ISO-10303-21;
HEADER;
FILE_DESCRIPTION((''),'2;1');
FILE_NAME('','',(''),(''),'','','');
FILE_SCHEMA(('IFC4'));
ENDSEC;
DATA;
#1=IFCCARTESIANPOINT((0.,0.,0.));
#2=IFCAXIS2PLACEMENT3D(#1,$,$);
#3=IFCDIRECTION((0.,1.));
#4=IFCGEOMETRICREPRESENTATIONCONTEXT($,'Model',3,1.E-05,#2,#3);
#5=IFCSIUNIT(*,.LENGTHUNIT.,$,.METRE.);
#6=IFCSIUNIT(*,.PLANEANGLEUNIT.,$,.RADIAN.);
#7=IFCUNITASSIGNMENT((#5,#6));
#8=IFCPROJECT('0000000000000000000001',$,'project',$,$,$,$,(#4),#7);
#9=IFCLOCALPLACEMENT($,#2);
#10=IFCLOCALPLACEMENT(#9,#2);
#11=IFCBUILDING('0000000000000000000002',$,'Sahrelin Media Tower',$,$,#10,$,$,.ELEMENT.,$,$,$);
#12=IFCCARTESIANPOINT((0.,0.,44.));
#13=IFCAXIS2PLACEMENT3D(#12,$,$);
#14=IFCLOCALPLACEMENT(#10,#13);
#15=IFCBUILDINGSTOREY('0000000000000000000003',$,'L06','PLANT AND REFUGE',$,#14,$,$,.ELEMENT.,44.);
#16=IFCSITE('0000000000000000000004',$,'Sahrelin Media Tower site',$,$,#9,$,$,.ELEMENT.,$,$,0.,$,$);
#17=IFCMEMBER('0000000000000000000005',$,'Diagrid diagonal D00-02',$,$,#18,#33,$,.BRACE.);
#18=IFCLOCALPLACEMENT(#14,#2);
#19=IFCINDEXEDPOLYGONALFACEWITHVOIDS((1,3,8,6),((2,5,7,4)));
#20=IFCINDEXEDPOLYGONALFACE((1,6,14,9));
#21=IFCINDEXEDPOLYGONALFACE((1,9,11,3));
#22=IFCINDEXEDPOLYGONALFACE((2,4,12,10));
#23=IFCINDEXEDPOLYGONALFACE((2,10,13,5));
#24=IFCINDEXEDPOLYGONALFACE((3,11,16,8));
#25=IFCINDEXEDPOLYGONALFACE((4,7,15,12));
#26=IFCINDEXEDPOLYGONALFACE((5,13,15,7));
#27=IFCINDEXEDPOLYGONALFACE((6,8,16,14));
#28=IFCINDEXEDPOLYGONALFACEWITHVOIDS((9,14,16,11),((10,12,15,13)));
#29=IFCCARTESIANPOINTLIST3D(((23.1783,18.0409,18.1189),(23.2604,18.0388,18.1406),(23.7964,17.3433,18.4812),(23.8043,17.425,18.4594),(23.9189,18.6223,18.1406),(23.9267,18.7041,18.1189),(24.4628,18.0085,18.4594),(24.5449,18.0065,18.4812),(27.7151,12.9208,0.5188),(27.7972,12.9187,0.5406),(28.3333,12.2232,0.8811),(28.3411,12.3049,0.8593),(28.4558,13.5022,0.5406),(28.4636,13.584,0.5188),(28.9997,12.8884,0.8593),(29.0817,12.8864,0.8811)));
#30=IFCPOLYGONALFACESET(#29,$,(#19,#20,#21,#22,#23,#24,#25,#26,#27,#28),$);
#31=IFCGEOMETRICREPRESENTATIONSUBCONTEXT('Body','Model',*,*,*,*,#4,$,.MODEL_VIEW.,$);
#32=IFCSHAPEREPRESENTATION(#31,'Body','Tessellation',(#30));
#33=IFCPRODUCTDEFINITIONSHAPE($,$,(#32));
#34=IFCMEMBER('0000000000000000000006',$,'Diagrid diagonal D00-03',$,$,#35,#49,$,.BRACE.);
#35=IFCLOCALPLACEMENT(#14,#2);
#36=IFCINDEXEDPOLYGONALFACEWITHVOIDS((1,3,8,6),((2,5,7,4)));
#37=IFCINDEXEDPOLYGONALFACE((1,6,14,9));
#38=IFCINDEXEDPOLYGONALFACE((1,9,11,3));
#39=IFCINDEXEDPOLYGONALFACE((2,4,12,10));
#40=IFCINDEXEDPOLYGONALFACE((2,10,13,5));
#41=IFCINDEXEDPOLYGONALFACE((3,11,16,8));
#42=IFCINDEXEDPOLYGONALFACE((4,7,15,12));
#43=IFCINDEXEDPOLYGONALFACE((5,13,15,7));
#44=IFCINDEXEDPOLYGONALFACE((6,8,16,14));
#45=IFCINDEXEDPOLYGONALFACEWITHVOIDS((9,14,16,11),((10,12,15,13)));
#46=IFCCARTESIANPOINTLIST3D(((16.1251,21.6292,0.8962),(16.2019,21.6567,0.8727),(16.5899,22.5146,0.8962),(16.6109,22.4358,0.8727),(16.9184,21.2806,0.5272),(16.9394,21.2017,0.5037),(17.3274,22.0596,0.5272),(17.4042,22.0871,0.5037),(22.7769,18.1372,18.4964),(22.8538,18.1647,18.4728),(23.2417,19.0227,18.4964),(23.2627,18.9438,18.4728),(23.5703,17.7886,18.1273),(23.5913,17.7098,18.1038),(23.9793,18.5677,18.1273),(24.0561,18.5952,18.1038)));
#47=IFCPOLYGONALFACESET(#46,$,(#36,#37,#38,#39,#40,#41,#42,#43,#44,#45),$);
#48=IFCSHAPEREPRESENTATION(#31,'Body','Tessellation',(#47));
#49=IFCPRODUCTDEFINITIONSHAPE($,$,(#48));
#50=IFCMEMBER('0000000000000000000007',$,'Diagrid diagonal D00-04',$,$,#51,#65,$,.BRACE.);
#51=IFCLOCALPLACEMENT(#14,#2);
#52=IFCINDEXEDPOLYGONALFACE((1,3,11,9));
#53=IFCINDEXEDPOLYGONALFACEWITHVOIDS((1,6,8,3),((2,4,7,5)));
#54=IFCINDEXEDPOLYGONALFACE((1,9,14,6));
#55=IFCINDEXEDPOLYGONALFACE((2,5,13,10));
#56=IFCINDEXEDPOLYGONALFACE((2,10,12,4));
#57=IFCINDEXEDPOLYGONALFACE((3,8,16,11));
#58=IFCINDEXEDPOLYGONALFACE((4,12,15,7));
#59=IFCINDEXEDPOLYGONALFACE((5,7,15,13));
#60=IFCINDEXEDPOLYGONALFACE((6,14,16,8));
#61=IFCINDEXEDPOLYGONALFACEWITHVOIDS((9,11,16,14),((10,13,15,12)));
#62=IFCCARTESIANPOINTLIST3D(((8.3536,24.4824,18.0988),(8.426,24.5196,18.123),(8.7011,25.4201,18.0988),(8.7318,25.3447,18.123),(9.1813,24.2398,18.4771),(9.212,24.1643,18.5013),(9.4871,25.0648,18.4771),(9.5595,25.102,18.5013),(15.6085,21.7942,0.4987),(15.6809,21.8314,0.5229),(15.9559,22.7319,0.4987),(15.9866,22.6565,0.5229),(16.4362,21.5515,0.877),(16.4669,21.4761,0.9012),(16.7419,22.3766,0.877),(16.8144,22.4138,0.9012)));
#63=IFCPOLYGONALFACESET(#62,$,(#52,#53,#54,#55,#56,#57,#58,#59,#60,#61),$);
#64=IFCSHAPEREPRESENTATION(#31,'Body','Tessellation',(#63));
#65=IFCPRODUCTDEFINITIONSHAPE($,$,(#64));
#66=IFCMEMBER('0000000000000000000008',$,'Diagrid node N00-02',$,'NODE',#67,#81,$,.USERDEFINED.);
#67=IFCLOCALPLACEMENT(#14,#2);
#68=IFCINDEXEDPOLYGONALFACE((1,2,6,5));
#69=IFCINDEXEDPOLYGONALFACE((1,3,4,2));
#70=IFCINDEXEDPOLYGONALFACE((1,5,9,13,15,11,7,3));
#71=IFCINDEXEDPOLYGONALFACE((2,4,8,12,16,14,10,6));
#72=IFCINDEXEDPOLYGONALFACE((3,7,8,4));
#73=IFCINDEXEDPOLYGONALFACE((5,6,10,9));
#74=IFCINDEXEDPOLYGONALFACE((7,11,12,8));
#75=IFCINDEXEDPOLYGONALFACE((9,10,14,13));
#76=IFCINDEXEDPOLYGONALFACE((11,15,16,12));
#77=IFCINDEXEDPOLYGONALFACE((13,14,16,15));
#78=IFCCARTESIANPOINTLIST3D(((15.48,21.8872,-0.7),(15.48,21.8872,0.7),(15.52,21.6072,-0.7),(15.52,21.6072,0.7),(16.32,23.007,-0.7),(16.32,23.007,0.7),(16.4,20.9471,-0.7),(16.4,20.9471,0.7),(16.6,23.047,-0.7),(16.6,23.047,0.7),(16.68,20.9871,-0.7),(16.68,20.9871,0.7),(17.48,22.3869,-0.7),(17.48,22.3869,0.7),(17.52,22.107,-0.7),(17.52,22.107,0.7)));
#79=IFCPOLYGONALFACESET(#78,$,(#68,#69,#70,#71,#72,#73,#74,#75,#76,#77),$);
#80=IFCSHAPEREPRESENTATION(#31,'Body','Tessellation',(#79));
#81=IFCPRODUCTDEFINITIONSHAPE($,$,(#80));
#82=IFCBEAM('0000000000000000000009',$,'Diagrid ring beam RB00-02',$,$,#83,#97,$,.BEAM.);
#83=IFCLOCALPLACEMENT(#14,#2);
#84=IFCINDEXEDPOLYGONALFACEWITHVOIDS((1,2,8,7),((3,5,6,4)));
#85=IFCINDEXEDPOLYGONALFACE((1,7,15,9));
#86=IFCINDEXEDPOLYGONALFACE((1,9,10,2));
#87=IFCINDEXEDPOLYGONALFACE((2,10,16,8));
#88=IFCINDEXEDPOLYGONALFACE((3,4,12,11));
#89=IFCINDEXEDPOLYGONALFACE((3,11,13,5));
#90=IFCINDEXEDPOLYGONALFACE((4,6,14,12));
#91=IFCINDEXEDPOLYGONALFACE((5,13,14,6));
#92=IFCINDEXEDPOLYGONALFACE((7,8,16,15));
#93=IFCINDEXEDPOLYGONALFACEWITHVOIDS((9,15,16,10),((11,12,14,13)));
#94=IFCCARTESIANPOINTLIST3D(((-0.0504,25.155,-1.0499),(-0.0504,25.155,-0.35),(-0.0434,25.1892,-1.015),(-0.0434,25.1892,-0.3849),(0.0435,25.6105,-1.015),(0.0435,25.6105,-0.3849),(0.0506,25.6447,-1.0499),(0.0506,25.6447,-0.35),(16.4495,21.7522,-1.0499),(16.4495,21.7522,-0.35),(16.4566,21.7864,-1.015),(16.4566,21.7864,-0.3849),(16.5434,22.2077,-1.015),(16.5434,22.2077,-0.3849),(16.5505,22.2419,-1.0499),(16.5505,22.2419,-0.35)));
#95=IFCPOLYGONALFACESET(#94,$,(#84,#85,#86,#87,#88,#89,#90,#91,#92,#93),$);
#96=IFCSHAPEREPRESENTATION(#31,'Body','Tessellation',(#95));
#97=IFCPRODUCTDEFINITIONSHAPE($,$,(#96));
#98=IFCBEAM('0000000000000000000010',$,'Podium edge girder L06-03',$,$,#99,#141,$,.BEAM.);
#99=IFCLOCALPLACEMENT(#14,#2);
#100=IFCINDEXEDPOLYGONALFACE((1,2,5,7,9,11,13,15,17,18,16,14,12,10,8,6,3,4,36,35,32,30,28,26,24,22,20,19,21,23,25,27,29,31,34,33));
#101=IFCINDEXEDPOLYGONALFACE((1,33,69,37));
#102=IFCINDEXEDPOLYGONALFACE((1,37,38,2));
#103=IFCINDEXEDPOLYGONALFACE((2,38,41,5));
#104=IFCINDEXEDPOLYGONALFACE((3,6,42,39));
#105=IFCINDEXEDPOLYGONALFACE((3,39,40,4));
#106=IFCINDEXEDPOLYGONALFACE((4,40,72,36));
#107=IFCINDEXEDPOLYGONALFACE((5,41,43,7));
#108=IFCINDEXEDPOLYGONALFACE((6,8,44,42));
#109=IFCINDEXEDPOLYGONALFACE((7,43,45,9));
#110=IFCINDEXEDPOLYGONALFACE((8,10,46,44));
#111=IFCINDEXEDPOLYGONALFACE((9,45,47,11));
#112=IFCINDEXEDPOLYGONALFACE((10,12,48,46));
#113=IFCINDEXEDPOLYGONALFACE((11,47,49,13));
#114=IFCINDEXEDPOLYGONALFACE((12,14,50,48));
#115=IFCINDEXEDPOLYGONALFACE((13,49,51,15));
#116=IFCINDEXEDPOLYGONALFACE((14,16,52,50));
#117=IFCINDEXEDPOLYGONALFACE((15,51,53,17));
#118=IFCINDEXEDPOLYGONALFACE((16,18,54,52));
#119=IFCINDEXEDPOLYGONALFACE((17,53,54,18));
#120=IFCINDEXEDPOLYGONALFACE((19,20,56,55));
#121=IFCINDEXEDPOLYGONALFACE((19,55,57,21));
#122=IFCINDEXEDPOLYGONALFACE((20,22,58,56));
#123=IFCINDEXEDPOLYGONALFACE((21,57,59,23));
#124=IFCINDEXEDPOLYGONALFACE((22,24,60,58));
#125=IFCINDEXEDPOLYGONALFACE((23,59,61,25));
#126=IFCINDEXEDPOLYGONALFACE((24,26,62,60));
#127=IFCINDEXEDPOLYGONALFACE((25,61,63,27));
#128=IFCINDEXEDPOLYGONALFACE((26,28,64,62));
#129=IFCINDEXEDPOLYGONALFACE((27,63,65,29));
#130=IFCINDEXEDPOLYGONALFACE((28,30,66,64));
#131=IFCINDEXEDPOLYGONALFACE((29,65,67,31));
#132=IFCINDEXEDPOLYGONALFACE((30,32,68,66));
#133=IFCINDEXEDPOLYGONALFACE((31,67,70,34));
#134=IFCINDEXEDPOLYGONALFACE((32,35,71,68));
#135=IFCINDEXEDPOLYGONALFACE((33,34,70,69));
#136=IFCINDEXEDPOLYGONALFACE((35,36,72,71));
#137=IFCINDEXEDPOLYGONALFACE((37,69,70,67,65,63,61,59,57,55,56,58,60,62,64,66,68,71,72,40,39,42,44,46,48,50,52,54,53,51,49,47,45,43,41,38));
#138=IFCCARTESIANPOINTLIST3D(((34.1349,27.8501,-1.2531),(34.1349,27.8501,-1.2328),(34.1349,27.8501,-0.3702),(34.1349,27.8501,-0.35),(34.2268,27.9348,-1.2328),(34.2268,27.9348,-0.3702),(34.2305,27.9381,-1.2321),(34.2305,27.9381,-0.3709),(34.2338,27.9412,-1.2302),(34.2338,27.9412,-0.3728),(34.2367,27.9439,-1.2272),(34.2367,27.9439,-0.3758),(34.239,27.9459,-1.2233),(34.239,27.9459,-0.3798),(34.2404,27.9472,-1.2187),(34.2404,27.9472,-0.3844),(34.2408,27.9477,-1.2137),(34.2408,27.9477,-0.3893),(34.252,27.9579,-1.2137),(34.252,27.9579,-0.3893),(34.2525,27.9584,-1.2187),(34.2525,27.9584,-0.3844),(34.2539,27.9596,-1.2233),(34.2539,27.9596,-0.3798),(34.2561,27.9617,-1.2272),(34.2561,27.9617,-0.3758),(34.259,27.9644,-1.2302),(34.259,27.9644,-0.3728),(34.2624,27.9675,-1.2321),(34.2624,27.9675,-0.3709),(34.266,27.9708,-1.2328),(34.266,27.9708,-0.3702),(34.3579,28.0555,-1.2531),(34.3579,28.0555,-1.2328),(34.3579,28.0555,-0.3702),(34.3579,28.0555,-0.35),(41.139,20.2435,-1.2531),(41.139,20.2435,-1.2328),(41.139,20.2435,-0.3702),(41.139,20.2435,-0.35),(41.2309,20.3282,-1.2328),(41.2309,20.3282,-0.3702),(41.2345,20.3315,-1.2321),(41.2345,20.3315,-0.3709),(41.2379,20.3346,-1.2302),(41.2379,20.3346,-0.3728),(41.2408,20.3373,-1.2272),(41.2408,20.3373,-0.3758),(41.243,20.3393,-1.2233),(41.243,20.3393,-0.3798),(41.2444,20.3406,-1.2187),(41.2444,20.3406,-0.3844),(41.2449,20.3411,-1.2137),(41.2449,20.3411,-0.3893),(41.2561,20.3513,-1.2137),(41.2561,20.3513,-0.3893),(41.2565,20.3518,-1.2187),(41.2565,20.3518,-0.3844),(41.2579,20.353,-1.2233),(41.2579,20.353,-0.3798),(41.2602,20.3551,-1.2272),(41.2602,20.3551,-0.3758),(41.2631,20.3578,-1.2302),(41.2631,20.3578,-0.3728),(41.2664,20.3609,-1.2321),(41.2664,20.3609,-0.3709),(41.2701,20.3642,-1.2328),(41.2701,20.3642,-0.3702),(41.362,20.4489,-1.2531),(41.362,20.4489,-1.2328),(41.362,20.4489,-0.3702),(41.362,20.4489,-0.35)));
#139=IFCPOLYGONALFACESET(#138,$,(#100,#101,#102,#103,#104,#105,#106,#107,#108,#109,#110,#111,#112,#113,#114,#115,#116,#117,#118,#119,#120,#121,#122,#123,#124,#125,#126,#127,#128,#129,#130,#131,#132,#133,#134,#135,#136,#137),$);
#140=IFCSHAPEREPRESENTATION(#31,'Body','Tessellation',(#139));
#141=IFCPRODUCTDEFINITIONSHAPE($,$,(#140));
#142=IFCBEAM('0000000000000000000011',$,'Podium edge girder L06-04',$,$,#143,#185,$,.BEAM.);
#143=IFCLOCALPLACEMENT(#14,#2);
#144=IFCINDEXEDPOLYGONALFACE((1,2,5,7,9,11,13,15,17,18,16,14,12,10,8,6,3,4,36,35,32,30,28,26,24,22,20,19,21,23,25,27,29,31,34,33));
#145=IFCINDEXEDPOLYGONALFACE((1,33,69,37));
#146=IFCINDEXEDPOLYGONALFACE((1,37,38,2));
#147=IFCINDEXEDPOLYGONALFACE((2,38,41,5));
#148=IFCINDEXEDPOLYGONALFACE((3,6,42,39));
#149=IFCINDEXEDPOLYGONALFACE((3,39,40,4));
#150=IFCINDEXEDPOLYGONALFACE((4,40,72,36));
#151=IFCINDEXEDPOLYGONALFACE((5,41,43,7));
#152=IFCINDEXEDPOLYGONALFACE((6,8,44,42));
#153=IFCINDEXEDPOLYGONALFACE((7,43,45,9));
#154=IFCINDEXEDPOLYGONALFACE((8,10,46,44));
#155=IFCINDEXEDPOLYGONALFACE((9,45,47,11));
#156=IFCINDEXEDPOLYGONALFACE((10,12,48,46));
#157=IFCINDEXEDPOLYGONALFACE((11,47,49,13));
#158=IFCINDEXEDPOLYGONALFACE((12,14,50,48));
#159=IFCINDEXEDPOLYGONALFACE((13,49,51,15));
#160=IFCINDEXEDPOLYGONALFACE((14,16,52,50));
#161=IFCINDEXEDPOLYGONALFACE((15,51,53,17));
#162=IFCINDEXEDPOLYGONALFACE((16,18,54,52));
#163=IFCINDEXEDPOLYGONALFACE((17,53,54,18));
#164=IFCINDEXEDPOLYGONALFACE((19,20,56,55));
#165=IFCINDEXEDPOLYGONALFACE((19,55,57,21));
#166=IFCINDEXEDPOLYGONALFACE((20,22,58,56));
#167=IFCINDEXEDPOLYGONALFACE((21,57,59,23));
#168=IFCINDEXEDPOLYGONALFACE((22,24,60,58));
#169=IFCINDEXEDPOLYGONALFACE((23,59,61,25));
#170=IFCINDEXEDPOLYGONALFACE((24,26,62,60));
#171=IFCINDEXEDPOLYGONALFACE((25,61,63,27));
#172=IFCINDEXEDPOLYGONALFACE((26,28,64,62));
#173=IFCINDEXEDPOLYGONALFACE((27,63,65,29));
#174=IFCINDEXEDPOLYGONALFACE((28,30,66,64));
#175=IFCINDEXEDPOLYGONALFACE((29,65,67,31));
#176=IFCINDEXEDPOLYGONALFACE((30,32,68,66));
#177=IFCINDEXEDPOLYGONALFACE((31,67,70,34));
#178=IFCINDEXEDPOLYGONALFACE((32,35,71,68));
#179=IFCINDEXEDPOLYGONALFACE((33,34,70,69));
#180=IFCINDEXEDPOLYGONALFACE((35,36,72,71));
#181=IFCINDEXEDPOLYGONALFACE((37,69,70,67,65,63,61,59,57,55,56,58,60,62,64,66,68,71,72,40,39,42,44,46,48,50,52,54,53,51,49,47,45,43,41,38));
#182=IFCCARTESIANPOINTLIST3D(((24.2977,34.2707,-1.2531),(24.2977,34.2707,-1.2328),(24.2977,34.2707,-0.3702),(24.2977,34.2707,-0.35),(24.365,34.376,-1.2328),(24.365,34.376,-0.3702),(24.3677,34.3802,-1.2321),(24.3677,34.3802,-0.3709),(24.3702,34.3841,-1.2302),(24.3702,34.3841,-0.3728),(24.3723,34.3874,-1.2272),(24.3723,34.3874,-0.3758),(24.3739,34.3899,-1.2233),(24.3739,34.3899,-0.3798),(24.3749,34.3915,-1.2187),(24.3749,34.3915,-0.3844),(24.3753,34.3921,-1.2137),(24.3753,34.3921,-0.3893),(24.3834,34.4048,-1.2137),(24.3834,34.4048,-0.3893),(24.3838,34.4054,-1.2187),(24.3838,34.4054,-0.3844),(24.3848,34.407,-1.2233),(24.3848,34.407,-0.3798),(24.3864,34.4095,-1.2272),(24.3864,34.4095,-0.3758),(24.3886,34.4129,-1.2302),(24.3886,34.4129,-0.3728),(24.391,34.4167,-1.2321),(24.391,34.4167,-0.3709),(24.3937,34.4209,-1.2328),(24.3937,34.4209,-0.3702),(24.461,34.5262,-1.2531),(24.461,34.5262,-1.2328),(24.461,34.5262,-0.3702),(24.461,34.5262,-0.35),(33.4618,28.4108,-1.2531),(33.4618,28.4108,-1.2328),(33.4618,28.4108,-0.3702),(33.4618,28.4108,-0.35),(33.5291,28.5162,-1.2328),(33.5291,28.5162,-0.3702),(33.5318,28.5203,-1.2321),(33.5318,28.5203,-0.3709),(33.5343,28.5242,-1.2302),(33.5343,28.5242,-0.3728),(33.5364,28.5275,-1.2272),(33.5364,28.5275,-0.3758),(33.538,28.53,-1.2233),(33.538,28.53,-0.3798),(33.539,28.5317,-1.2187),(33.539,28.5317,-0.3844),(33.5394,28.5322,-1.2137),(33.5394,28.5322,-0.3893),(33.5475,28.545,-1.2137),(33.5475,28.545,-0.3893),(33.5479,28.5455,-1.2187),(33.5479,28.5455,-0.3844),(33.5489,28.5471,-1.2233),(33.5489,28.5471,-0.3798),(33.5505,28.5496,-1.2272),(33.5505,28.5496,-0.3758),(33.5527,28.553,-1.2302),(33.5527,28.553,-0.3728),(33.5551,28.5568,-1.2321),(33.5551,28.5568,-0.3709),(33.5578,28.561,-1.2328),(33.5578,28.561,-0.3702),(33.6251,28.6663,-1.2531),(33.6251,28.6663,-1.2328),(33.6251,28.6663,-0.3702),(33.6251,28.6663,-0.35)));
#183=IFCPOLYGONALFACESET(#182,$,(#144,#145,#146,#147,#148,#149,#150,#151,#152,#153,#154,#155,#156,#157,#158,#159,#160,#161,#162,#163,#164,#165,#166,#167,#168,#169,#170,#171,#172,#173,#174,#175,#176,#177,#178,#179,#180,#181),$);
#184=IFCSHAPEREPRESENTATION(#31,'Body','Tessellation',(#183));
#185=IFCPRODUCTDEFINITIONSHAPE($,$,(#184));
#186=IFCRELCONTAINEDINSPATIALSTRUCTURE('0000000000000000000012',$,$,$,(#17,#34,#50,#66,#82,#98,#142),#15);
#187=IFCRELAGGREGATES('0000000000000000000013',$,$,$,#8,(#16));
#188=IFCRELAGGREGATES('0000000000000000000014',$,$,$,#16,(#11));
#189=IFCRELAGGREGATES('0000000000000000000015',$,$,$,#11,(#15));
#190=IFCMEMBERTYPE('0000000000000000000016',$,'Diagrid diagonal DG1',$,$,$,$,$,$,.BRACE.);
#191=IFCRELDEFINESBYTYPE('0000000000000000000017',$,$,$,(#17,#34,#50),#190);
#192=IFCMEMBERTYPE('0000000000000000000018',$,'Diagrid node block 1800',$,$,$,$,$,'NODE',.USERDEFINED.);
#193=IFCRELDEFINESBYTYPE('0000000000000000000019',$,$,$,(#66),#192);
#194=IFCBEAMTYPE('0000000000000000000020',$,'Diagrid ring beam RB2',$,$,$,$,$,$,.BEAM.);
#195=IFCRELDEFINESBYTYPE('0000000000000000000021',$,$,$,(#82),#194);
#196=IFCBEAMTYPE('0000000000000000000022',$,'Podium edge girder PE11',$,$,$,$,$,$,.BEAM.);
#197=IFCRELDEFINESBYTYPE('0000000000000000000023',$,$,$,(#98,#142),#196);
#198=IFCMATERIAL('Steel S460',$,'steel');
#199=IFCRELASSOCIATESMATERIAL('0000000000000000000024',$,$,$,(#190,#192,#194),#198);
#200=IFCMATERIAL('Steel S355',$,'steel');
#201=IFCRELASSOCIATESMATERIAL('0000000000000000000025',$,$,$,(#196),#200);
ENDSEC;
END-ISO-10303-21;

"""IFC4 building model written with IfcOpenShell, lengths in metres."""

from ifc_helpers import new_model, si_unit, direction, frame, origin, origin_2d, place, context, subcontext, project, spatial, polyline, hollow_rectangle, i_section, outline, extrude, material, material_profile, profile_set, type_object, element, save


model = new_model("IFC4")

# Units and contexts
model_context = context("Model", 3, precision=1e-05, world=origin(), true_north=direction((0.0, 1.0)))
body_context = subcontext(model_context, "Body", "Model", "MODEL_VIEW")
ifc_project = project(units=[si_unit("LENGTHUNIT", "METRE"), si_unit("PLANEANGLEUNIT", "RADIAN")], contexts=[model_context])

# Site, building, storey
site_placement = place(None, origin())
site = spatial("IfcSite", under=ifc_project, at=site_placement, Name="Sahrelin Media Tower site", CompositionType="ELEMENT", RefElevation=0.0)
building_placement = place(site_placement, origin())
building = spatial("IfcBuilding", under=site, at=building_placement, Name="Sahrelin Media Tower", CompositionType="ELEMENT")
storey_placement = place(building_placement, frame((0.0, 0.0, 44.0)))
storey = spatial("IfcBuildingStorey", under=building, at=storey_placement, Name="L06", Description="PLANT AND REFUGE", CompositionType="ELEMENT", Elevation=44.0)

# Members
ifc_material_1 = material(Name="Steel S460", Category="steel")
ifc_material_profile_1 = material_profile(ifc_material_1, hollow_rectangle(XDim=1.0, YDim=1.0, WallThickness=0.0601, at=origin_2d()), Name="Diagrid diagonal DG1")
ifc_profile_set_1 = profile_set([ifc_material_profile_1], Name="Steel S460")
member_type_1 = type_object("IfcMemberType", Name="Diagrid diagonal DG1", PredefinedType="BRACE", material=ifc_profile_set_1)
member_1_placement = place(storey_placement, frame((28.3984, 12.9036, 0.7), z_axis=(-0.240264, 0.271152, 0.932068), x_axis=(-0.74845, -0.663191, 0.0)))
element("IfcMember", 1, at=member_1_placement, inside=storey, type_object=member_type_1, Name="Diagrid diagonal D00-02", PredefinedType="BRACE", context=body_context, shape_type="SweptSolid", body=[
    extrude(hollow_rectangle(XDim=1.0, YDim=1.0, WallThickness=0.0601, at=origin_2d()), origin(), (0.0, 0.0, 1.0), 18.8828),
])
member_2_placement = place(storey_placement, frame((16.7646, 21.8582, 0.7), z_axis=(0.347601, -0.182476, 0.919715), x_axis=(0.464805, 0.885413, 0.0)))
element("IfcMember", 2, at=member_2_placement, inside=storey, type_object=member_type_1, Name="Diagrid diagonal D00-03", PredefinedType="BRACE", context=body_context, shape_type="SweptSolid", body=[
    extrude(hollow_rectangle(XDim=1.0, YDim=1.0, WallThickness=0.0601, at=origin_2d()), origin(), (0.0, 0.0, 1.0), 19.1365),
])
member_3_placement = place(storey_placement, frame((16.2114, 22.104, 0.7), z_axis=(-0.377356, 0.139826, 0.915452), x_axis=(-0.347455, -0.937697, 0.0)))
element("IfcMember", 3, at=member_3_placement, inside=storey, type_object=member_type_1, Name="Diagrid diagonal D00-04", PredefinedType="BRACE", context=body_context, shape_type="SweptSolid", body=[
    extrude(hollow_rectangle(XDim=1.0, YDim=1.0, WallThickness=0.0601, at=origin_2d()), origin(), (0.0, 0.0, 1.0), 19.2256),
])
ifc_material_profile_2 = material_profile(ifc_material_1, outline(polyline([(0.7, -0.75), (0.8999, -0.55), (0.8999, 0.55), (0.7, 0.75), (-0.7, 0.75), (-0.8999, 0.55), (-0.8999, -0.55), (-0.7, -0.75), (0.7, -0.75)])), Name="Diagrid node block 1800")
ifc_profile_set_2 = profile_set([ifc_material_profile_2], Name="Steel S460")
member_type_2 = type_object("IfcMemberType", Name="Diagrid node block 1800", ElementType="NODE", PredefinedType="USERDEFINED", material=ifc_profile_set_2)
member_4_placement = place(storey_placement, frame((16.5, 21.9971, -0.7), z_axis=(0.0, 0.0, 1.0), x_axis=(0.600052, 0.799961, 0.0)))
element("IfcMember", 4, at=member_4_placement, inside=storey, type_object=member_type_2, Name="Diagrid node N00-02", ObjectType="NODE", PredefinedType="USERDEFINED", context=body_context, shape_type="SweptSolid", body=[
    extrude(outline(polyline([(0.7, -0.75), (0.8999, -0.55), (0.8999, 0.55), (0.7, 0.75), (-0.7, 0.75), (-0.8999, 0.55), (-0.8999, -0.55), (-0.7, -0.75), (0.7, -0.75)])), origin(), (0.0, 0.0, 1.0), 1.3999),
])

# Beams
ifc_material_profile_3 = material_profile(ifc_material_1, hollow_rectangle(XDim=0.5, YDim=0.7, WallThickness=0.0349, at=origin_2d()), Name="Diagrid ring beam RB2")
ifc_profile_set_3 = profile_set([ifc_material_profile_3], Name="Steel S460")
beam_type_1 = type_object("IfcBeamType", Name="Diagrid ring beam RB2", PredefinedType="BEAM", material=ifc_profile_set_3)
beam_1_placement = place(storey_placement, frame((16.5, 21.9971, -0.7), z_axis=(-0.979389, 0.201982, 0.0), x_axis=(-0.201982, -0.979389, 0.0)))
element("IfcBeam", 5, at=beam_1_placement, inside=storey, type_object=beam_type_1, Name="Diagrid ring beam RB00-02", PredefinedType="BEAM", context=body_context, shape_type="SweptSolid", body=[
    extrude(hollow_rectangle(XDim=0.5, YDim=0.7, WallThickness=0.0349, at=origin_2d()), origin(), (0.0, 0.0, 1.0), 16.8472),
])
ifc_material_2 = material(Name="Steel S355", Category="steel")
ifc_material_profile_4 = material_profile(ifc_material_2, i_section(OverallWidth=0.3032, OverallDepth=0.9031, WebThickness=0.0151, FlangeThickness=0.0203, FilletRadius=0.019, at=origin_2d()), Name="UB 914x305x201")
ifc_profile_set_4 = profile_set([ifc_material_profile_4], Name="Steel S355")
beam_type_2 = type_object("IfcBeamType", Name="Podium edge girder PE11", PredefinedType="BEAM", material=ifc_profile_set_4)
beam_2_placement = place(storey_placement, frame((41.2505, 20.3462, -0.8015), z_axis=(-0.677371, 0.735642, 0.0), x_axis=(-0.735642, -0.677371, 0.0)))
element("IfcBeam", 6, at=beam_2_placement, inside=storey, type_object=beam_type_2, Name="Podium edge girder L06-03", PredefinedType="BEAM", context=body_context, shape_type="SweptSolid", body=[
    extrude(i_section(OverallWidth=0.3032, OverallDepth=0.9031, WebThickness=0.0151, FlangeThickness=0.0203, FilletRadius=0.019, at=origin_2d()), origin(), (0.0, 0.0, 1.0), 10.3401),
])
beam_3_placement = place(storey_placement, frame((33.5435, 28.5386, -0.8015), z_axis=(-0.842486, 0.538719, 0.0), x_axis=(-0.538719, -0.842486, 0.0)))
element("IfcBeam", 7, at=beam_3_placement, inside=storey, type_object=beam_type_2, Name="Podium edge girder L06-04", PredefinedType="BEAM", context=body_context, shape_type="SweptSolid", body=[
    extrude(i_section(OverallWidth=0.3032, OverallDepth=0.9031, WebThickness=0.0151, FlangeThickness=0.0203, FilletRadius=0.019, at=origin_2d()), origin(), (0.0, 0.0, 1.0), 10.8774),
])

save(model, "model.ifc")
